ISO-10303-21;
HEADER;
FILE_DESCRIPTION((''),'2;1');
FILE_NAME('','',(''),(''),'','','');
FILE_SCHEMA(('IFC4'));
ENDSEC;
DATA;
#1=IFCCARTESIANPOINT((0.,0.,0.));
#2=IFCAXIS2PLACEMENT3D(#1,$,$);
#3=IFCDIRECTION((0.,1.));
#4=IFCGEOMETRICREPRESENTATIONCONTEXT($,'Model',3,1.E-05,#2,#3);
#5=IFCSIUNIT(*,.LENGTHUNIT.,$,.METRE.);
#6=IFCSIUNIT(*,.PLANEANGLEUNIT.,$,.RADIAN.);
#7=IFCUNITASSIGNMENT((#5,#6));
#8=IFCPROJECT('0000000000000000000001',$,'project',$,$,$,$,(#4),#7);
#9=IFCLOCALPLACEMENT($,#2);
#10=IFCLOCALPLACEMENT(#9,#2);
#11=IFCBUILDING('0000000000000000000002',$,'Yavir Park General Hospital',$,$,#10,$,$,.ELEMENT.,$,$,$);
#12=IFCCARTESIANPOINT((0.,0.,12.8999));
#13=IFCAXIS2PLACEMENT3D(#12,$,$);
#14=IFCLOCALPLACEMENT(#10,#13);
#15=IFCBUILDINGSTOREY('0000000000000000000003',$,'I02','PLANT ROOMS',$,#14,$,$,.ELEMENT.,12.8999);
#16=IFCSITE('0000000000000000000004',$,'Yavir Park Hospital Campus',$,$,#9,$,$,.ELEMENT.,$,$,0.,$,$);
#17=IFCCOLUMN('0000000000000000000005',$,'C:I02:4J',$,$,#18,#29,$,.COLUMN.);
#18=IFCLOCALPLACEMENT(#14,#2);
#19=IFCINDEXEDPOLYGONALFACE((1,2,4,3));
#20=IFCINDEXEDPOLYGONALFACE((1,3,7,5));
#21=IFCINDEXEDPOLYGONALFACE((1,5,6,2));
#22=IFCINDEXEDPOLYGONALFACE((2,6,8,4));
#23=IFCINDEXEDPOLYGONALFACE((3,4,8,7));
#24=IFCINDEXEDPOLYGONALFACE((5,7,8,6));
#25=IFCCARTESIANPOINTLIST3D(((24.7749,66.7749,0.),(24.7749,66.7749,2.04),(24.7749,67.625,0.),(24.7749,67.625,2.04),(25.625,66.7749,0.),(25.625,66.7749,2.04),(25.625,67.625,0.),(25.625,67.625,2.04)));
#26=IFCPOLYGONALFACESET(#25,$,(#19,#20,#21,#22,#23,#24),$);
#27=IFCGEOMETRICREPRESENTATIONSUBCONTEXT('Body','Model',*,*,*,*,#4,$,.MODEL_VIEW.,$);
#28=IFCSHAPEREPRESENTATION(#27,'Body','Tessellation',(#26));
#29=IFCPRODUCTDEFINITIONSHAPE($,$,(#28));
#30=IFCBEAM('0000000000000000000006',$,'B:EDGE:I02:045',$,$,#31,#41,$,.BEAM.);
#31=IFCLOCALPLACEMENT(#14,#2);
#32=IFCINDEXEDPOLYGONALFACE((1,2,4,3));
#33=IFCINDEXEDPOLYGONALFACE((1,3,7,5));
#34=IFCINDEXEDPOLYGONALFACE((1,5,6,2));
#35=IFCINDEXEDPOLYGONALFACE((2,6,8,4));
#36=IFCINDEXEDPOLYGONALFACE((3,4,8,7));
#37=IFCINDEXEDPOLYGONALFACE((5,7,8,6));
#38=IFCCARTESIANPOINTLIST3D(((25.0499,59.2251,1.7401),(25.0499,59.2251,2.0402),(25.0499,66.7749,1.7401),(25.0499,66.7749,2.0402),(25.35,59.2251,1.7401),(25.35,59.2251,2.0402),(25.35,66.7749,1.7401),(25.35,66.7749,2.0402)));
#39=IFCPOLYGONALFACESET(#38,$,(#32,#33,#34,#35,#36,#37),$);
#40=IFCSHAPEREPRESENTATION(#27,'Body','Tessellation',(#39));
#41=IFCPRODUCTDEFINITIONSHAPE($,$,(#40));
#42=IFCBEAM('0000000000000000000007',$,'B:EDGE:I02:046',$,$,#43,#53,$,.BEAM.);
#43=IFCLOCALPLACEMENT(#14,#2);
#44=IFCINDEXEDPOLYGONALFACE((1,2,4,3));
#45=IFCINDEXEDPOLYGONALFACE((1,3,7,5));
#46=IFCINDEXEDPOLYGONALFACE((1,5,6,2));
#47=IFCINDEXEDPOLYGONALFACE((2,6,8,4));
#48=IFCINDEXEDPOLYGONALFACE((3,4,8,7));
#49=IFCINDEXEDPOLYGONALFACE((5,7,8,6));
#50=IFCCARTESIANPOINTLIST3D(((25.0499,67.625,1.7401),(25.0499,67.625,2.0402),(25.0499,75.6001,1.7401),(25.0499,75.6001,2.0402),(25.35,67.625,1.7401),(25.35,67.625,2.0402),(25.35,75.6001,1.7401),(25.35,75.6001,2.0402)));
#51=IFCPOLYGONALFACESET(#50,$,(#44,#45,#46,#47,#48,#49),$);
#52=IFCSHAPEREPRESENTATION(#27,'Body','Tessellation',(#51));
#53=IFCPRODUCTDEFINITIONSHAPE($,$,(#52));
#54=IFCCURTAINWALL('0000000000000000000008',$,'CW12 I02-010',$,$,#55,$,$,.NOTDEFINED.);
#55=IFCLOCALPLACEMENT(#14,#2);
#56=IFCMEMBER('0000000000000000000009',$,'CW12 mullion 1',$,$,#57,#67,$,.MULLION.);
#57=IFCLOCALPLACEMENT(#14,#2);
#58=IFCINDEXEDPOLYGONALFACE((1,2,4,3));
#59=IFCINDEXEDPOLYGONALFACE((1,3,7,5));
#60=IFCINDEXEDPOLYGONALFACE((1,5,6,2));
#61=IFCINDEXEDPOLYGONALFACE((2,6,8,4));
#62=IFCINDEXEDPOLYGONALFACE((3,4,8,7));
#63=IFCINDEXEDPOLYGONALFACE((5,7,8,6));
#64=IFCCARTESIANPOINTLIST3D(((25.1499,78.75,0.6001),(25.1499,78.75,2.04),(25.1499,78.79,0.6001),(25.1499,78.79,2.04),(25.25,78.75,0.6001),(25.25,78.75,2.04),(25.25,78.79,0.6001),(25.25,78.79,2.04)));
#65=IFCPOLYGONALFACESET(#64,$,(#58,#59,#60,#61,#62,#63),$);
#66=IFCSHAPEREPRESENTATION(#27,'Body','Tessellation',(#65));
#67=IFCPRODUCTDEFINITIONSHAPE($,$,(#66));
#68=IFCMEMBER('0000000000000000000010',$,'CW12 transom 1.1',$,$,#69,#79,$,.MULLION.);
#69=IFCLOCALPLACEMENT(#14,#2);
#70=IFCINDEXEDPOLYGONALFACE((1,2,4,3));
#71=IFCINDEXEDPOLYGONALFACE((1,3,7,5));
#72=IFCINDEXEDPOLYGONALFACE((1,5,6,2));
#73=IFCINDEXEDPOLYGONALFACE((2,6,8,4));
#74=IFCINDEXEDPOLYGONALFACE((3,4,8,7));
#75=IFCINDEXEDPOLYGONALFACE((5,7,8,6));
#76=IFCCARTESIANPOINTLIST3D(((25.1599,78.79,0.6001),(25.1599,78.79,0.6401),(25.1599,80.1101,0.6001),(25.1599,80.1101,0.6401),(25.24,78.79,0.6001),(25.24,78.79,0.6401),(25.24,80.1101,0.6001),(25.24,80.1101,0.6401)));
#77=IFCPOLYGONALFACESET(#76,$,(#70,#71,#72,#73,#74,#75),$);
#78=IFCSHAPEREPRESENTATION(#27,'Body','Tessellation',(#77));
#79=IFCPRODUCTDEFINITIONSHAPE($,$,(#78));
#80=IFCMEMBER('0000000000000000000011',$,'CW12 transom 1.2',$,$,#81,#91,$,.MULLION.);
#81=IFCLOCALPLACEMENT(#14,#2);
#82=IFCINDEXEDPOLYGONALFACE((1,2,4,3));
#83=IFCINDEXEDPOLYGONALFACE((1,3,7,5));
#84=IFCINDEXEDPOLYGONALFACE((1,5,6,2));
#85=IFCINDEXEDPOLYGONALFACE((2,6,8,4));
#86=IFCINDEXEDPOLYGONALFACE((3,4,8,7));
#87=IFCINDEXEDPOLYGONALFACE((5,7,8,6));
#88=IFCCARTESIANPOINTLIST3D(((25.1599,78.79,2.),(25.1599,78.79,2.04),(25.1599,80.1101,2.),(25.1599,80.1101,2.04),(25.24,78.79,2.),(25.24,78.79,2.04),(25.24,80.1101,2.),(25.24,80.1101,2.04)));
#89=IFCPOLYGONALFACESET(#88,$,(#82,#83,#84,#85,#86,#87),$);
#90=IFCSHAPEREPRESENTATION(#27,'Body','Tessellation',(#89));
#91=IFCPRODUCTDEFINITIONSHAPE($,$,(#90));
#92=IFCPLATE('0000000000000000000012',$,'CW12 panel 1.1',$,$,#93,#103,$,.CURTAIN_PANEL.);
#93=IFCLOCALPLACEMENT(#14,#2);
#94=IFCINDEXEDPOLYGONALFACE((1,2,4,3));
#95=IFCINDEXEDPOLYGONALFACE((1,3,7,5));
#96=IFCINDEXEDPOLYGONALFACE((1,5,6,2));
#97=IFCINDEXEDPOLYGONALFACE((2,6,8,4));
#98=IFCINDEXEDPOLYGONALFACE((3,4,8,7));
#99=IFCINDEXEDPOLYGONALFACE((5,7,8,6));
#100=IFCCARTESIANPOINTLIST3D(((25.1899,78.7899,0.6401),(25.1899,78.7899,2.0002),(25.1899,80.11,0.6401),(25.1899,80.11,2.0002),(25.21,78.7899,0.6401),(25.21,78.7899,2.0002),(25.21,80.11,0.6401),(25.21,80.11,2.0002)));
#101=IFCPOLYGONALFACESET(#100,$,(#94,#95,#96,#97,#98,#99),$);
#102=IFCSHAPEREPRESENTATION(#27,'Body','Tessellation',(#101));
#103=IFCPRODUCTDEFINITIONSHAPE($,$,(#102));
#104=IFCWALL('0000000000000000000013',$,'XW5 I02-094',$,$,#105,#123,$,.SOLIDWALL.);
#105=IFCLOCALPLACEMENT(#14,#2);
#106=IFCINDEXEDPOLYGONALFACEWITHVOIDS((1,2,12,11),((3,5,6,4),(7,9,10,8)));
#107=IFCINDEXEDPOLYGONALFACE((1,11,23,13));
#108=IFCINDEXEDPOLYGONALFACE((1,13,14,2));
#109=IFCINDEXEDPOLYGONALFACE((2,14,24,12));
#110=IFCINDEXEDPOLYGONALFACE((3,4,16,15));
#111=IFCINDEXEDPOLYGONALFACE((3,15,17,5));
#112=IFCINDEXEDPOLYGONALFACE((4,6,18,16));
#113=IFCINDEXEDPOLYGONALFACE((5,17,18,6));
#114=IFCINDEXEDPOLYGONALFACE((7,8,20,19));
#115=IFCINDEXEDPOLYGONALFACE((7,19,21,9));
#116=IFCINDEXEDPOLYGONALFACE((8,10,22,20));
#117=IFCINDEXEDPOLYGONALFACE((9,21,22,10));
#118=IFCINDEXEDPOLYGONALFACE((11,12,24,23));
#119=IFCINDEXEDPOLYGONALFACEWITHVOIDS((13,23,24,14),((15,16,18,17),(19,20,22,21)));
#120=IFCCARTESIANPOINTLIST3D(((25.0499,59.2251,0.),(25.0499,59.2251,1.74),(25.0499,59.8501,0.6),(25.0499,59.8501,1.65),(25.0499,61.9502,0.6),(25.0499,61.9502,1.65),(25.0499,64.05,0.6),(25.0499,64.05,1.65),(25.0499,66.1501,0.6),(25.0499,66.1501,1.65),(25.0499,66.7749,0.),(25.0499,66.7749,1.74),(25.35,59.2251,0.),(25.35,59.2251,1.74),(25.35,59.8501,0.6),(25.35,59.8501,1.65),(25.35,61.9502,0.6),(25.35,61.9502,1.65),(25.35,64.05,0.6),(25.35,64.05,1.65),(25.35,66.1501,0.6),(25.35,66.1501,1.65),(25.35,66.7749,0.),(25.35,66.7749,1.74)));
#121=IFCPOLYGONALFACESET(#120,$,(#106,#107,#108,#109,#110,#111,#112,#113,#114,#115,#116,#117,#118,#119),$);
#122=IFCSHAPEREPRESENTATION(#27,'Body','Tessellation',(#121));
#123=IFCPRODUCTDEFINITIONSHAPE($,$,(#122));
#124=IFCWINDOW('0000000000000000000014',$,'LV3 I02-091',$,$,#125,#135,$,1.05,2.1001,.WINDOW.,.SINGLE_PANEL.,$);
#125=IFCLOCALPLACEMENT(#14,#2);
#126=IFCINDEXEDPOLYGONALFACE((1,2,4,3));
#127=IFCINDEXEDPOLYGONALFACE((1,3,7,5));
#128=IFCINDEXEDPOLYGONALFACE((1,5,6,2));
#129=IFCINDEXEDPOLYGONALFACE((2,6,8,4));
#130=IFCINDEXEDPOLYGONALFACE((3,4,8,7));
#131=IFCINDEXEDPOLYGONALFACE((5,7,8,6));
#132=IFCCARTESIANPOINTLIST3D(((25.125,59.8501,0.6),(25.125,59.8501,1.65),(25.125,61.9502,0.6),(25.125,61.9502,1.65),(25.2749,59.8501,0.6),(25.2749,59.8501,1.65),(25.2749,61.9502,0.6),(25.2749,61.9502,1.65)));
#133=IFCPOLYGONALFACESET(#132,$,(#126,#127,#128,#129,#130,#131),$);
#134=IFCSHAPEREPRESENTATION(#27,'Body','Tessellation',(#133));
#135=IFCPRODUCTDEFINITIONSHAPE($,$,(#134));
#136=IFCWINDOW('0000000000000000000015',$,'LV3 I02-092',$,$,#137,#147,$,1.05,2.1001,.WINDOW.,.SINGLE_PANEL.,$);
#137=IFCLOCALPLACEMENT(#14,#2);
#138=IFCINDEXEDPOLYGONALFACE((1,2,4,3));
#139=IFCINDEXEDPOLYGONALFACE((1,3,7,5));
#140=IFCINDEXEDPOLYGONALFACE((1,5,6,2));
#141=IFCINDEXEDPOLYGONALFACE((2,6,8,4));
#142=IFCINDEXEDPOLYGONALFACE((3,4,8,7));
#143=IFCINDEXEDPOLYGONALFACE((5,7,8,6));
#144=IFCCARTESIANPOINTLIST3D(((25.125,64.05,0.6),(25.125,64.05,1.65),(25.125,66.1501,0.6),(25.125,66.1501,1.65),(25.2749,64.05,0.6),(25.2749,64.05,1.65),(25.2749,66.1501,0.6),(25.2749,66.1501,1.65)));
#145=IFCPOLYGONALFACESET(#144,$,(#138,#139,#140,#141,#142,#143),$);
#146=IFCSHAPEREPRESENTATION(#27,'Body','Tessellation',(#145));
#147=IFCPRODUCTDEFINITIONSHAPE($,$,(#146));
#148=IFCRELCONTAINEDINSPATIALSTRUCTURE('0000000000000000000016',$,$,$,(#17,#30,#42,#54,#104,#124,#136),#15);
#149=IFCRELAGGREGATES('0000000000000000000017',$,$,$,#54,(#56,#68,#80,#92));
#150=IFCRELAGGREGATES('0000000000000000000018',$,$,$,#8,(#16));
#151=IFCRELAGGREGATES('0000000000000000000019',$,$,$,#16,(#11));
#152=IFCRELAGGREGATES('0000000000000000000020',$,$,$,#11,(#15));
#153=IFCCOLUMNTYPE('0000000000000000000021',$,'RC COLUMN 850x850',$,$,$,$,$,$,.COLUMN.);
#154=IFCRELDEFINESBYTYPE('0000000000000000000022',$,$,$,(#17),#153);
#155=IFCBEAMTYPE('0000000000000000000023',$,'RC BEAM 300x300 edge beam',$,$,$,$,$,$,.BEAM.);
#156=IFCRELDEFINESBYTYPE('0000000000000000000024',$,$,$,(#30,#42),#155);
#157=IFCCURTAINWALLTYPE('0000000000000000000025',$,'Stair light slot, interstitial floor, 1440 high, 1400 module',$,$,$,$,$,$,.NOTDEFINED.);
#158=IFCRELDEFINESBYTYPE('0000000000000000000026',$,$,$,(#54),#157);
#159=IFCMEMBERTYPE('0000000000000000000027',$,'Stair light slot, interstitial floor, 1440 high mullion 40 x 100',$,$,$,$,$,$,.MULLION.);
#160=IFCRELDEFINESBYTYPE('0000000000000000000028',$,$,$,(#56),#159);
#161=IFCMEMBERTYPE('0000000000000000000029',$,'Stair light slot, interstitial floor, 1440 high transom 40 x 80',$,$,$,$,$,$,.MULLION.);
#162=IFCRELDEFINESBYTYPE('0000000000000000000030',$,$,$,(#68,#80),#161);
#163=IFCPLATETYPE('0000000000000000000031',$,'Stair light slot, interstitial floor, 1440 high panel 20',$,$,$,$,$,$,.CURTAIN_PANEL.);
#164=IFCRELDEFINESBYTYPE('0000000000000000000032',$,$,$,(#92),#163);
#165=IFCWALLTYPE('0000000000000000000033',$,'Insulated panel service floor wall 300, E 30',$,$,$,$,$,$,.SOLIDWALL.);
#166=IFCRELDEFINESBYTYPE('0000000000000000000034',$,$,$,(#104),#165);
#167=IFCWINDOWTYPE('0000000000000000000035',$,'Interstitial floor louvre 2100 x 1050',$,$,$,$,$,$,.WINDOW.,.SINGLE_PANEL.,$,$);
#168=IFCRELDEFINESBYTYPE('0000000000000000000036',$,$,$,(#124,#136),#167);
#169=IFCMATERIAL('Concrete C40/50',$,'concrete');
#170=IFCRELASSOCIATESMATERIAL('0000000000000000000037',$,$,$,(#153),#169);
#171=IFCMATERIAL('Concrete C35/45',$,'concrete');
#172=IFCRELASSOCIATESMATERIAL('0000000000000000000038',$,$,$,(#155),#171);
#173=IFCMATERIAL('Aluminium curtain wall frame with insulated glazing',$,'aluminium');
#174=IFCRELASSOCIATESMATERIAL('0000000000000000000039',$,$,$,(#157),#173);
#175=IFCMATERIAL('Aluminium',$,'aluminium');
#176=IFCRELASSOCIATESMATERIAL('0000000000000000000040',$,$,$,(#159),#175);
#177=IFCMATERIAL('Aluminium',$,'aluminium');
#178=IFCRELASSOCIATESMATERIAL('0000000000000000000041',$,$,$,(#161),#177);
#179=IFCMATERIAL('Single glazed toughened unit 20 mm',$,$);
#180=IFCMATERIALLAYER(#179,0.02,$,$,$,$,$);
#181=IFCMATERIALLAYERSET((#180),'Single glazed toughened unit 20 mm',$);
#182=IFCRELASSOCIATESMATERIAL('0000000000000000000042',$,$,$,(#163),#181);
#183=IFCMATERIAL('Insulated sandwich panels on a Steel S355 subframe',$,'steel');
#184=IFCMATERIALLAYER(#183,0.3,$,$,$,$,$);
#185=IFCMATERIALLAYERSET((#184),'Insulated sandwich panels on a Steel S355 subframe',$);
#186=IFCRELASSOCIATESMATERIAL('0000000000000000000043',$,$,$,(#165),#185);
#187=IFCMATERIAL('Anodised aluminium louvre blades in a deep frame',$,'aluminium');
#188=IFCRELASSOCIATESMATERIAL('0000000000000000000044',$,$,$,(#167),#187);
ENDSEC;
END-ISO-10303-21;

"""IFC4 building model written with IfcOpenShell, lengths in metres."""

from ifc_helpers import new_model, si_unit, direction, frame, frame_2d, origin, origin_2d, place, context, subcontext, project, spatial, rectangle, extrude, material, layer, layer_set, material_profile, profile_set, type_object, element, fill, aggregate, save


model = new_model("IFC4")

# Units and contexts
model_context = context("Model", 3, precision=1e-05, world=origin(), true_north=direction((0.0, 1.0)))
body_context = subcontext(model_context, "Body", "Model", "MODEL_VIEW")
ifc_project = project(units=[si_unit("LENGTHUNIT", "METRE"), si_unit("PLANEANGLEUNIT", "RADIAN")], contexts=[model_context])

# Site, building, storey
site_placement = place(None, origin())
site = spatial("IfcSite", under=ifc_project, at=site_placement, Name="Yavir Park Hospital Campus", CompositionType="ELEMENT", RefElevation=0.0)
building_placement = place(site_placement, origin())
building = spatial("IfcBuilding", under=site, at=building_placement, Name="Yavir Park General Hospital", CompositionType="ELEMENT")
storey_placement = place(building_placement, frame((0.0, 0.0, 12.8999)))
storey = spatial("IfcBuildingStorey", under=building, at=storey_placement, Name="I02", Description="PLANT ROOMS", CompositionType="ELEMENT", Elevation=12.8999)

# Column
ifc_material_1 = material(Name="Concrete C40/50", Category="concrete")
ifc_material_profile_1 = material_profile(ifc_material_1, rectangle(XDim=0.8501, YDim=0.8501, at=origin_2d()), Name="RC850x850")
ifc_profile_set_1 = profile_set([ifc_material_profile_1], Name="Concrete C40/50")
column_type = type_object("IfcColumnType", Name="RC COLUMN 850x850", PredefinedType="COLUMN", material=ifc_profile_set_1)
column_placement = place(storey_placement, frame((25.2, 67.2, 0.0), z_axis=(0.0, 0.0, 1.0), x_axis=(1.0, 0.0, 0.0)))
element("IfcColumn", 1, at=column_placement, inside=storey, type_object=column_type, Name="C:I02:4J", PredefinedType="COLUMN", context=body_context, shape_type="SweptSolid", body=[
    extrude(rectangle(XDim=0.8501, YDim=0.8501, at=origin_2d()), origin(), (0.0, 0.0, 1.0), 2.04),
])

# Beams
ifc_material_2 = material(Name="Concrete C35/45", Category="concrete")
ifc_material_profile_2 = material_profile(ifc_material_2, rectangle(XDim=0.3, YDim=0.3, at=origin_2d()), Name="RC300x300")
ifc_profile_set_2 = profile_set([ifc_material_profile_2], Name="Concrete C35/45")
beam_type = type_object("IfcBeamType", Name="RC BEAM 300x300 edge beam", PredefinedType="BEAM", material=ifc_profile_set_2)
beam_1_placement = place(storey_placement, frame((25.2, 59.2251, 1.8901), z_axis=(0.0, 1.0, 0.0), x_axis=(-1.0, 0.0, 0.0)))
element("IfcBeam", 2, at=beam_1_placement, inside=storey, type_object=beam_type, Name="B:EDGE:I02:045", PredefinedType="BEAM", context=body_context, shape_type="SweptSolid", body=[
    extrude(rectangle(XDim=0.3, YDim=0.3, at=origin_2d()), origin(), (0.0, 0.0, 1.0), 7.5498),
])
beam_2_placement = place(storey_placement, frame((25.2, 67.625, 1.8901), z_axis=(0.0, 1.0, 0.0), x_axis=(-1.0, 0.0, 0.0)))
element("IfcBeam", 3, at=beam_2_placement, inside=storey, type_object=beam_type, Name="B:EDGE:I02:046", PredefinedType="BEAM", context=body_context, shape_type="SweptSolid", body=[
    extrude(rectangle(XDim=0.3, YDim=0.3, at=origin_2d()), origin(), (0.0, 0.0, 1.0), 7.9751),
])

# Curtain wall, members, plate
ifc_material_3 = material(Name="Aluminium curtain wall frame with insulated glazing", Category="aluminium")
curtain_wall_type = type_object("IfcCurtainWallType", Name="Stair light slot, interstitial floor, 1440 high, 1400 module", PredefinedType="NOTDEFINED", material=ifc_material_3)
curtain_wall_placement = place(storey_placement, origin())
curtain_wall = element("IfcCurtainWall", 4, at=curtain_wall_placement, inside=storey, type_object=curtain_wall_type, Name="CW12 I02-010", PredefinedType="NOTDEFINED")
ifc_material_4 = material(Name="Aluminium", Category="aluminium")
ifc_material_profile_3 = material_profile(ifc_material_4, rectangle(XDim=0.1001, YDim=0.04, at=origin_2d()), Name="AL 40x100")
ifc_profile_set_3 = profile_set([ifc_material_profile_3], Name="Aluminium")
member_type_1 = type_object("IfcMemberType", Name="Stair light slot, interstitial floor, 1440 high mullion 40 x 100", PredefinedType="MULLION", material=ifc_profile_set_3)
member_1_placement = place(storey_placement, frame((25.2, 78.77, 0.6001), z_axis=(0.0, 0.0, 1.0), x_axis=(-1.0, 0.0, 0.0)))
member_1 = element("IfcMember", 5, at=member_1_placement, type_object=member_type_1, Name="CW12 mullion 1", PredefinedType="MULLION", context=body_context, shape_type="SweptSolid", body=[
    extrude(rectangle(XDim=0.1001, YDim=0.04, at=origin_2d()), origin(), (0.0, 0.0, 1.0), 1.4399),
])
ifc_material_5 = material(Name="Aluminium", Category="aluminium")
ifc_material_profile_4 = material_profile(ifc_material_5, rectangle(XDim=0.0801, YDim=0.04, at=origin_2d()), Name="AL 80x40")
ifc_profile_set_4 = profile_set([ifc_material_profile_4], Name="Aluminium")
member_type_2 = type_object("IfcMemberType", Name="Stair light slot, interstitial floor, 1440 high transom 40 x 80", PredefinedType="MULLION", material=ifc_profile_set_4)
member_2_placement = place(storey_placement, frame((25.2, 78.79, 0.6201), z_axis=(0.0, 1.0, 0.0), x_axis=(-1.0, 0.0, 0.0)))
member_2 = element("IfcMember", 6, at=member_2_placement, type_object=member_type_2, Name="CW12 transom 1.1", PredefinedType="MULLION", context=body_context, shape_type="SweptSolid", body=[
    extrude(rectangle(XDim=0.0801, YDim=0.04, at=origin_2d()), origin(), (0.0, 0.0, 1.0), 1.3201),
])
member_3_placement = place(storey_placement, frame((25.2, 78.79, 2.02), z_axis=(0.0, 1.0, 0.0), x_axis=(-1.0, 0.0, 0.0)))
member_3 = element("IfcMember", 7, at=member_3_placement, type_object=member_type_2, Name="CW12 transom 1.2", PredefinedType="MULLION", context=body_context, shape_type="SweptSolid", body=[
    extrude(rectangle(XDim=0.0801, YDim=0.04, at=origin_2d()), origin(), (0.0, 0.0, 1.0), 1.3201),
])
ifc_material_6 = material(Name="Single glazed toughened unit 20 mm")
ifc_layer_1 = layer(ifc_material_6, 0.02)
ifc_layer_set_1 = layer_set([ifc_layer_1], Name="Single glazed toughened unit 20 mm")
plate_type = type_object("IfcPlateType", Name="Stair light slot, interstitial floor, 1440 high panel 20", PredefinedType="CURTAIN_PANEL", material=ifc_layer_set_1)
plate_placement = place(storey_placement, frame((25.2, 79.45, 0.6401), z_axis=(0.0, 0.0, 1.0), x_axis=(0.0, 1.0, 0.0)))
plate = element("IfcPlate", 8, at=plate_placement, type_object=plate_type, Name="CW12 panel 1.1", PredefinedType="CURTAIN_PANEL", context=body_context, shape_type="SweptSolid", body=[
    extrude(rectangle(XDim=1.3201, YDim=0.02, at=origin_2d()), origin(), (0.0, 0.0, 1.0), 1.3601),
])
aggregate(curtain_wall, [member_1, member_2, member_3, plate])

# Wall, openings, windows
ifc_material_7 = material(Name="Insulated sandwich panels on a Steel S355 subframe", Category="steel")
ifc_layer_2 = layer(ifc_material_7, 0.3)
ifc_layer_set_2 = layer_set([ifc_layer_2], Name="Insulated sandwich panels on a Steel S355 subframe")
wall_type_1 = type_object("IfcWallType", Name="Insulated panel service floor wall 300, E 30", PredefinedType="SOLIDWALL", material=ifc_layer_set_2)
wall_1_placement = place(storey_placement, frame((25.2, 59.2251, 0.0), z_axis=(0.0, 0.0, 1.0), x_axis=(0.0, 1.0, 0.0)))
wall_1 = element("IfcWall", 9, at=wall_1_placement, inside=storey, type_object=wall_type_1, Name="XW5 I02-094", PredefinedType="SOLIDWALL", context=body_context, shape_type="SweptSolid", body=[
    extrude(rectangle(XDim=7.5498, YDim=0.3, at=frame_2d((3.7749, 0.0))), origin(), (0.0, 0.0, 1.0), 1.74),
])
opening_1_placement = place(wall_1_placement, frame((0.625, 0.0, 0.6001)))
opening_1 = element("IfcOpeningElement", 10, at=opening_1_placement, cuts=wall_1, PredefinedType="OPENING", context=body_context, shape_type="SweptSolid", body=[
    extrude(rectangle(XDim=2.1001, YDim=1.05, at=frame_2d((1.05, 0.5249))), frame((0.0, 0.1599, 0.0), z_axis=(0.0, -1.0, 0.0), x_axis=(1.0, 0.0, 0.0)), (0.0, 0.0, 1.0), 0.3201),
])
opening_2_placement = place(wall_1_placement, frame((4.825, 0.0, 0.6001)))
opening_2 = element("IfcOpeningElement", 11, at=opening_2_placement, cuts=wall_1, PredefinedType="OPENING", context=body_context, shape_type="SweptSolid", body=[
    extrude(rectangle(XDim=2.1001, YDim=1.05, at=frame_2d((1.05, 0.5249))), frame((0.0, 0.1599, 0.0), z_axis=(0.0, -1.0, 0.0), x_axis=(1.0, 0.0, 0.0)), (0.0, 0.0, 1.0), 0.3201),
])
ifc_material_8 = material(Name="Anodised aluminium louvre blades in a deep frame", Category="aluminium")
window_type = type_object("IfcWindowType", Name="Interstitial floor louvre 2100 x 1050", PartitioningType="SINGLE_PANEL", PredefinedType="WINDOW", material=ifc_material_8)
window_1_placement = place(opening_1_placement, origin())
window_1 = element("IfcWindow", 12, at=window_1_placement, inside=storey, type_object=window_type, Name="LV3 I02-091", OverallHeight=1.05, OverallWidth=2.1001, PartitioningType="SINGLE_PANEL", PredefinedType="WINDOW", context=body_context, shape_type="SweptSolid", body=[
    extrude(rectangle(XDim=2.1001, YDim=1.05, at=frame_2d((1.05, 0.5249))), frame((0.0, 0.075, 0.0), z_axis=(0.0, -1.0, 0.0), x_axis=(1.0, 0.0, 0.0)), (0.0, 0.0, 1.0), 0.1499),
])
fill(opening_1, window_1)
window_2_placement = place(opening_2_placement, origin())
window_2 = element("IfcWindow", 13, at=window_2_placement, inside=storey, type_object=window_type, Name="LV3 I02-092", OverallHeight=1.05, OverallWidth=2.1001, PartitioningType="SINGLE_PANEL", PredefinedType="WINDOW", context=body_context, shape_type="SweptSolid", body=[
    extrude(rectangle(XDim=2.1001, YDim=1.05, at=frame_2d((1.05, 0.5249))), frame((0.0, 0.075, 0.0), z_axis=(0.0, -1.0, 0.0), x_axis=(1.0, 0.0, 0.0)), (0.0, 0.0, 1.0), 0.1499),
])
fill(opening_2, window_2)

save(model, "model.ifc")
